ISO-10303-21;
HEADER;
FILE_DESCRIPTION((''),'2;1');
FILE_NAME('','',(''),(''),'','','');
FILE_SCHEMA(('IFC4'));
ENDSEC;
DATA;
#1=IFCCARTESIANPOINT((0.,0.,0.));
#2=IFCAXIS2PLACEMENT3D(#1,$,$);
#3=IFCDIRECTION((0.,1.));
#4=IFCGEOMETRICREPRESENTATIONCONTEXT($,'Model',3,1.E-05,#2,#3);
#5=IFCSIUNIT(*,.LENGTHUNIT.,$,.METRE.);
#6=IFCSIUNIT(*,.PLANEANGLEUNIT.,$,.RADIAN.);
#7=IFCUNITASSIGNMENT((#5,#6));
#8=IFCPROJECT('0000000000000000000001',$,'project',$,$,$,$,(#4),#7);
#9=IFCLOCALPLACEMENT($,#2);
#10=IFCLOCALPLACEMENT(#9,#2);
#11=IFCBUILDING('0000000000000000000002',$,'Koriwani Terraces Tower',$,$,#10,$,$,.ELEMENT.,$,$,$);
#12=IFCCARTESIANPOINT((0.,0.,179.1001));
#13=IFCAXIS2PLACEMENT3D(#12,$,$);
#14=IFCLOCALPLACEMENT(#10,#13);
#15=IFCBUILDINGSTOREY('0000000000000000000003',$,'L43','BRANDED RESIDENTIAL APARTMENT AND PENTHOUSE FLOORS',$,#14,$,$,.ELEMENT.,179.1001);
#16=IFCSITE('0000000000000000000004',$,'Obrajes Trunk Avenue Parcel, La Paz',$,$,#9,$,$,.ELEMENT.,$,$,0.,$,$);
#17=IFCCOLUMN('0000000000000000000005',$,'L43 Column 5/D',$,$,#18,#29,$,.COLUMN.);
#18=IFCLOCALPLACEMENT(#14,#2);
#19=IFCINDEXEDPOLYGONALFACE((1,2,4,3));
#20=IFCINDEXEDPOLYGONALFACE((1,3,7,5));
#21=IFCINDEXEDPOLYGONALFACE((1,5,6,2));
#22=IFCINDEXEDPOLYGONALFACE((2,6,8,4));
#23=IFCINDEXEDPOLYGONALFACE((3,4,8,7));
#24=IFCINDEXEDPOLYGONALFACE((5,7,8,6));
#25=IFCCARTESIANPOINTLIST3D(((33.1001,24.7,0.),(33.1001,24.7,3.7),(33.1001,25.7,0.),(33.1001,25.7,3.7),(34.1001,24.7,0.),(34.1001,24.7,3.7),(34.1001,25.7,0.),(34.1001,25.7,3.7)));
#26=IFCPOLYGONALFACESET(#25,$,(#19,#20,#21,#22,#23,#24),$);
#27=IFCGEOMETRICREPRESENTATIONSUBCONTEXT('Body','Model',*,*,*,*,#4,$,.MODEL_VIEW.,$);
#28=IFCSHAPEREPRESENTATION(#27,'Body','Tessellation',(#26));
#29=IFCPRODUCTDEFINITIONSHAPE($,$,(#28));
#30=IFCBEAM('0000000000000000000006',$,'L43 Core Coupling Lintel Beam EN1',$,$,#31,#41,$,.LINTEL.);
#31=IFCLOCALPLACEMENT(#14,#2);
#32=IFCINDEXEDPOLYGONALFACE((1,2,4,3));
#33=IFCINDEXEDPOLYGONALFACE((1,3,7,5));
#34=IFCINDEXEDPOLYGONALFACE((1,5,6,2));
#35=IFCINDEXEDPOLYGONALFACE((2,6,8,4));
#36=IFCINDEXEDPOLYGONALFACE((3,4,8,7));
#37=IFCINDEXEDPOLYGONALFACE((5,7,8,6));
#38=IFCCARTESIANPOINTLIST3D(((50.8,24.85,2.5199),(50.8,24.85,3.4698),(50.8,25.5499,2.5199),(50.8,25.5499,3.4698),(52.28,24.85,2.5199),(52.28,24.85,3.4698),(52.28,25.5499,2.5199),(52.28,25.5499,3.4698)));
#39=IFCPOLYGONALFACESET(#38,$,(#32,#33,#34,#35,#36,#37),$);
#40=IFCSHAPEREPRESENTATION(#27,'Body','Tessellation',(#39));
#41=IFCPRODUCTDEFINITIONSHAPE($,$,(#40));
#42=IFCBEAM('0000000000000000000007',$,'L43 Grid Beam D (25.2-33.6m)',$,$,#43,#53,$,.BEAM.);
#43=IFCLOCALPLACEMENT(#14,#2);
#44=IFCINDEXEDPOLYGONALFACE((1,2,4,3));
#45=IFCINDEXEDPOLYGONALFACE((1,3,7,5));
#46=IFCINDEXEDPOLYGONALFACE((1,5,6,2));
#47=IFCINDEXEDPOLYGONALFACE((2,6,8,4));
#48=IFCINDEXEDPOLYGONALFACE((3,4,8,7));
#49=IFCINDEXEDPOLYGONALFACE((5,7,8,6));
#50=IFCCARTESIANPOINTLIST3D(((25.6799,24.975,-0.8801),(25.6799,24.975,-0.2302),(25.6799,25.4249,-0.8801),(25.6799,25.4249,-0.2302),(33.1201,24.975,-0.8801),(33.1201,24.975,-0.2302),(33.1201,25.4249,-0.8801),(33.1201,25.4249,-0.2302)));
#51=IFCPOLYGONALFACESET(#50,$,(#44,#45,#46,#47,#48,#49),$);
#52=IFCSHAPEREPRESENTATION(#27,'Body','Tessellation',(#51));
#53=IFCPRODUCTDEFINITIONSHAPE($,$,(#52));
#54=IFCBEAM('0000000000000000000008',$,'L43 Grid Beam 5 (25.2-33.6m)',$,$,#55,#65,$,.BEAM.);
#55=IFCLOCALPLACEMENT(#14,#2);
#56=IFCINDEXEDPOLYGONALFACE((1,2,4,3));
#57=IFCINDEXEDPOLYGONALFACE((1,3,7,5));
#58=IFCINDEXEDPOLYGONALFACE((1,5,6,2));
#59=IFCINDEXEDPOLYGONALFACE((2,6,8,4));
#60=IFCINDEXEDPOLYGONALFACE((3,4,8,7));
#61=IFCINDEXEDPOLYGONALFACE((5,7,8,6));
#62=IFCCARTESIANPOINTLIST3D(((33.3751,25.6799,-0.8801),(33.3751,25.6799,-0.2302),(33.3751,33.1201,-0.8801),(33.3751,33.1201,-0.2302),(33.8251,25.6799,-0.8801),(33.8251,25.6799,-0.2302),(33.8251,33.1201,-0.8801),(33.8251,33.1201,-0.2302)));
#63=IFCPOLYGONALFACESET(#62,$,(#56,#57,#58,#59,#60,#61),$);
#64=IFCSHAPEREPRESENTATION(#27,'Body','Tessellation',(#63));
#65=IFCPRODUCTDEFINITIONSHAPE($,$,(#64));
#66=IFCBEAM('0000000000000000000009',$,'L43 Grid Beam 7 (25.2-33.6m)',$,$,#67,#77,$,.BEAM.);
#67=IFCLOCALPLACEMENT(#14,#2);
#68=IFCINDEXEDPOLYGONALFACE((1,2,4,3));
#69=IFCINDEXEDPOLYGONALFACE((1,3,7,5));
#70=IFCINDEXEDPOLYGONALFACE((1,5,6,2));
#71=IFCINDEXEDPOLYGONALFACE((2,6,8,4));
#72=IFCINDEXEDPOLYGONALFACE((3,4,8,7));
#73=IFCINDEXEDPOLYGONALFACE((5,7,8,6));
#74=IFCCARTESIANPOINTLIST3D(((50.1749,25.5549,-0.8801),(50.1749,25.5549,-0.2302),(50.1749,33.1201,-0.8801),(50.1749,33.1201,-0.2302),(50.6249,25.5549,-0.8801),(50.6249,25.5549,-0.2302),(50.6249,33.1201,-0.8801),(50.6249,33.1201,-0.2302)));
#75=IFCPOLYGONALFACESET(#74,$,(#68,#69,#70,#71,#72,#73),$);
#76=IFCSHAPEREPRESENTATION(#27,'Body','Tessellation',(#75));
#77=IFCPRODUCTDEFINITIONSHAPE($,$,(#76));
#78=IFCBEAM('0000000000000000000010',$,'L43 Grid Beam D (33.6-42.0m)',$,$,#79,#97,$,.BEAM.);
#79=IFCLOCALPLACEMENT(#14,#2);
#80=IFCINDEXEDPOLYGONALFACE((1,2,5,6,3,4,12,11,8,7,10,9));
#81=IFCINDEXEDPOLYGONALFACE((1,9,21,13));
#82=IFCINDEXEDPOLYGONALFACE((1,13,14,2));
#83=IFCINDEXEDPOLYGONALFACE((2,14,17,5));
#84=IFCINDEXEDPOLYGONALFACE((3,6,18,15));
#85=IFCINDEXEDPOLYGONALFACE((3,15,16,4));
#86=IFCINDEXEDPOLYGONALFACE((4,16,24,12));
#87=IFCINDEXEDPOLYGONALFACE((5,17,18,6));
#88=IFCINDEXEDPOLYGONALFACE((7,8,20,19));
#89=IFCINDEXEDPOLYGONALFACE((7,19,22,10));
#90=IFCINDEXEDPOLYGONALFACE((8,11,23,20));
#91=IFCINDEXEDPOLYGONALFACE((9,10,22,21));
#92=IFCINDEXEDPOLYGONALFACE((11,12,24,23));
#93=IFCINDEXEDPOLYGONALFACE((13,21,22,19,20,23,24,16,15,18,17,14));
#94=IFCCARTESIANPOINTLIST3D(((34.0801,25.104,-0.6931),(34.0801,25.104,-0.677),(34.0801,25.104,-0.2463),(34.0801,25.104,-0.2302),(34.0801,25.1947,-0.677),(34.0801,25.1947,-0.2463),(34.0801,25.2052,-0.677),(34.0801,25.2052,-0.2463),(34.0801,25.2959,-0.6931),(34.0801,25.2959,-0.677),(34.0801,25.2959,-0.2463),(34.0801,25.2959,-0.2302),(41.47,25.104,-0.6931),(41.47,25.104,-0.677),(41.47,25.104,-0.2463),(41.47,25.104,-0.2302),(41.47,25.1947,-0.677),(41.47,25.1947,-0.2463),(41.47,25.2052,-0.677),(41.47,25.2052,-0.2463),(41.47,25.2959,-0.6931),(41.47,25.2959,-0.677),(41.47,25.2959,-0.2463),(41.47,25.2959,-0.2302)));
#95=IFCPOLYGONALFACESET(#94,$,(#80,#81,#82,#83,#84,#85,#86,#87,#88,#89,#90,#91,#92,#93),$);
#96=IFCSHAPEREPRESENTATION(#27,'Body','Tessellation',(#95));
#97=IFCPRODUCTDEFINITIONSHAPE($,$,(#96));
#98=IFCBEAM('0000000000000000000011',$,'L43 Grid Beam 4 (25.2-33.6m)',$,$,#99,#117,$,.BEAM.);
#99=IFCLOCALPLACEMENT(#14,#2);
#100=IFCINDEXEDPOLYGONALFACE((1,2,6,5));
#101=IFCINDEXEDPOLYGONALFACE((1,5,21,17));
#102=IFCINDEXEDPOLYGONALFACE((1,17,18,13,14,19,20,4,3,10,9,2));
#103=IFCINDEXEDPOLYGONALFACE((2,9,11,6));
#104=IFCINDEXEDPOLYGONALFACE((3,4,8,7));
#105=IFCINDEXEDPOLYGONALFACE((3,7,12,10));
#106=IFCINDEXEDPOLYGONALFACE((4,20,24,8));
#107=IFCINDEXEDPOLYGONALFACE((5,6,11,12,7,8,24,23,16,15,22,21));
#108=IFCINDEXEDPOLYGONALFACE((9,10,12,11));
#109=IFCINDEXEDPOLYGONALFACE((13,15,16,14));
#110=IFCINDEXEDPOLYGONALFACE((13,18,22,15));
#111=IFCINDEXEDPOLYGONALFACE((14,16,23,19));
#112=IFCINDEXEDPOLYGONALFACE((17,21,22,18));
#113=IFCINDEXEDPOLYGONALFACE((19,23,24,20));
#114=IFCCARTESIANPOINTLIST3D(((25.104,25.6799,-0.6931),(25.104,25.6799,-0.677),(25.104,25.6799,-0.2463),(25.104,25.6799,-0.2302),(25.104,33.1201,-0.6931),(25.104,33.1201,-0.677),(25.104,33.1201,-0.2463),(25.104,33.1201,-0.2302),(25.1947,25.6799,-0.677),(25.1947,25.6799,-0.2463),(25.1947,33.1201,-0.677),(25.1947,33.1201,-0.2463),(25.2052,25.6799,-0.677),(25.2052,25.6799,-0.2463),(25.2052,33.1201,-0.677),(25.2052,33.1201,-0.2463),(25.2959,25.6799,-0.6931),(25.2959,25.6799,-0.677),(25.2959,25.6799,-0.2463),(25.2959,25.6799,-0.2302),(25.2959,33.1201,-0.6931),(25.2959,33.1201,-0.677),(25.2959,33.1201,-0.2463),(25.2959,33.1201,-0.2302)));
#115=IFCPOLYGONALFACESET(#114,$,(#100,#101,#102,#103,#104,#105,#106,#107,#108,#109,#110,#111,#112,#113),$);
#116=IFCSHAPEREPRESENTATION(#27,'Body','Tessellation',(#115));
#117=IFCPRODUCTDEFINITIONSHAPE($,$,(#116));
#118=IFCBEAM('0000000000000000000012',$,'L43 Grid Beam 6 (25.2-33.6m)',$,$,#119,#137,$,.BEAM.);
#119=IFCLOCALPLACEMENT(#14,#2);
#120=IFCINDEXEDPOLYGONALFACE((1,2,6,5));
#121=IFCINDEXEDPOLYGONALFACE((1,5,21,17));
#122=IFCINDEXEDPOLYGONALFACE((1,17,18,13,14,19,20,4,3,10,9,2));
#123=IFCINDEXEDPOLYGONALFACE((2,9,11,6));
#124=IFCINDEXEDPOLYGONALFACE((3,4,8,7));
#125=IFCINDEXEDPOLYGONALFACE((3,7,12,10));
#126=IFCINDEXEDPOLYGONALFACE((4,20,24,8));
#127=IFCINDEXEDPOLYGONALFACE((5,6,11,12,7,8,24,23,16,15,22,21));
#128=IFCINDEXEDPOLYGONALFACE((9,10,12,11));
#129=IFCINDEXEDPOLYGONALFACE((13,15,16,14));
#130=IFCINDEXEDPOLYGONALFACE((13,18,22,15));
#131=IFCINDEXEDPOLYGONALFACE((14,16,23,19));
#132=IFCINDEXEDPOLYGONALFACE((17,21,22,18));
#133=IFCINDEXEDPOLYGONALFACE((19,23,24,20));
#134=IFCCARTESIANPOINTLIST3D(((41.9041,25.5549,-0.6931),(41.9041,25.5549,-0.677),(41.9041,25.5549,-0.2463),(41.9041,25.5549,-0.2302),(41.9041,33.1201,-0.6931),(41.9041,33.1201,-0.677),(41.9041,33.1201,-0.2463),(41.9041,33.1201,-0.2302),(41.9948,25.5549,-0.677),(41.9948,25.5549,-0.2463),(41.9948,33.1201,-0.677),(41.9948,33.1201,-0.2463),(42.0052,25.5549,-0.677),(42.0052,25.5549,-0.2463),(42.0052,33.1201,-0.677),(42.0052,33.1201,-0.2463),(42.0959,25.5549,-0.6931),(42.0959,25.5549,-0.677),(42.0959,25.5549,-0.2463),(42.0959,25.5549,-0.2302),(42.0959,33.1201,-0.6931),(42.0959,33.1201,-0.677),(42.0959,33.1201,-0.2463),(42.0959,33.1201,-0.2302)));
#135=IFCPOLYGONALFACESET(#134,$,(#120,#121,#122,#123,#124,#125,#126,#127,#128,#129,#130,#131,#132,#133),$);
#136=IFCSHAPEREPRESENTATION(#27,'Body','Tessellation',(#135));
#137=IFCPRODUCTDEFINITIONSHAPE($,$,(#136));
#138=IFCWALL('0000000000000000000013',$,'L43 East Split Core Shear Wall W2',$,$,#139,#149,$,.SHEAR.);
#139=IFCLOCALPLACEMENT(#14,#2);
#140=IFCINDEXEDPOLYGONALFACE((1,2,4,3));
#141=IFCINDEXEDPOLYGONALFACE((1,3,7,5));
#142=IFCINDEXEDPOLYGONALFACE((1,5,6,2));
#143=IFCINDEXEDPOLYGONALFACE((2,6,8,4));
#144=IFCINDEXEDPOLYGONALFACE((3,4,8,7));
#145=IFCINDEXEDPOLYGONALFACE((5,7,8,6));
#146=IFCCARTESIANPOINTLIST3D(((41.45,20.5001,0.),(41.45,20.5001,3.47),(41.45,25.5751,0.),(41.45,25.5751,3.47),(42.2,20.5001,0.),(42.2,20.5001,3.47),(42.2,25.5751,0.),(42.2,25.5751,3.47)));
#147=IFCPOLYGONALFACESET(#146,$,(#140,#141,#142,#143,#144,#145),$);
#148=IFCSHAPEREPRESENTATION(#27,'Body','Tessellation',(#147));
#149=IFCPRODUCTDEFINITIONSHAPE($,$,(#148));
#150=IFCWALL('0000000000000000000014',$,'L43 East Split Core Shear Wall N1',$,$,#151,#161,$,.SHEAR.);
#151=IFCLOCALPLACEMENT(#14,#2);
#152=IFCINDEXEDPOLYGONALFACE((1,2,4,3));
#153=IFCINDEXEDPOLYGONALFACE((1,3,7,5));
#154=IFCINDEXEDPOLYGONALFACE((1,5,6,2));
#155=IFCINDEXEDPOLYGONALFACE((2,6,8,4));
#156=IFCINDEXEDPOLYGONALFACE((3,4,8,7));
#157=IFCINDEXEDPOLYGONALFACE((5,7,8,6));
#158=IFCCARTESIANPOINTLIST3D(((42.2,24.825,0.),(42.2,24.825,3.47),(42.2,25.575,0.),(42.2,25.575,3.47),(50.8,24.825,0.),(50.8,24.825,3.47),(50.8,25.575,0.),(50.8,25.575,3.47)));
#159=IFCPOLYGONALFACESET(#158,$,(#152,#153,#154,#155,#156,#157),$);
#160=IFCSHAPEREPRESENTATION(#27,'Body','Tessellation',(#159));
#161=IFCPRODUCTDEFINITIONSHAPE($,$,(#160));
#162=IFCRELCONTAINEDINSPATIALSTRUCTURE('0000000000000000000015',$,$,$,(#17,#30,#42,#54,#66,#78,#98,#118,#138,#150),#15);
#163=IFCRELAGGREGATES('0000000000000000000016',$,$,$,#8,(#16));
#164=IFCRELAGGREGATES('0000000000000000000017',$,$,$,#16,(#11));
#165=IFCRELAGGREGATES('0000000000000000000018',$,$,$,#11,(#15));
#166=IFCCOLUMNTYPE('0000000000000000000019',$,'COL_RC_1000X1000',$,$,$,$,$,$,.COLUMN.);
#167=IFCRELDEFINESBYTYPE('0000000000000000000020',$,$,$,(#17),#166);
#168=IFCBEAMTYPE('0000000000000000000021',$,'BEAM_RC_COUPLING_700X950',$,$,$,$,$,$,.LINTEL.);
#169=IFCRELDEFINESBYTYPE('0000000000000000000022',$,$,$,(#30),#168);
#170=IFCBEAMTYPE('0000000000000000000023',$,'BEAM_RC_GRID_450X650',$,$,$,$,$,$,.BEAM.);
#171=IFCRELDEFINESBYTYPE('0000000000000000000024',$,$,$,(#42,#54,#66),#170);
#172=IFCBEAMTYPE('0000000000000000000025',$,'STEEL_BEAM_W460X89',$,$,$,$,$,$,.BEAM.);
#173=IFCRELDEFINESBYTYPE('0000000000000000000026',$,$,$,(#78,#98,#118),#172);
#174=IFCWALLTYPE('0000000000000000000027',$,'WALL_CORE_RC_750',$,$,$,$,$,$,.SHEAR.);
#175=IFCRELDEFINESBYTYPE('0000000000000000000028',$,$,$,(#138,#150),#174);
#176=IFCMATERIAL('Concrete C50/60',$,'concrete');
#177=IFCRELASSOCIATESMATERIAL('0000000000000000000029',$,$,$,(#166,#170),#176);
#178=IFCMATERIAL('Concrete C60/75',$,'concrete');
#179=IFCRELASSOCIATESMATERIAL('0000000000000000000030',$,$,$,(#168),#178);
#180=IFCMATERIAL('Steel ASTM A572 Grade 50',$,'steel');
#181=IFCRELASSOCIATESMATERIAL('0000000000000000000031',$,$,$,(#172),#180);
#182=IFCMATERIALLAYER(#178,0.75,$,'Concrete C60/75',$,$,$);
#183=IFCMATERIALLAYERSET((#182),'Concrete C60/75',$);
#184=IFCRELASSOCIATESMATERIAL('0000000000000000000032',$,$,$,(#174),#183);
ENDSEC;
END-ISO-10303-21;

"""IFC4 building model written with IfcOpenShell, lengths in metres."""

from ifc_helpers import new_model, si_unit, direction, frame, frame_2d, origin, origin_2d, place, context, subcontext, project, spatial, rectangle, i_section, extrude, material, layer, layer_set, material_profile, profile_set, type_object, element, save


model = new_model("IFC4")

# Units and contexts
model_context = context("Model", 3, precision=1e-05, world=origin(), true_north=direction((0.0, 1.0)))
body_context = subcontext(model_context, "Body", "Model", "MODEL_VIEW")
ifc_project = project(units=[si_unit("LENGTHUNIT", "METRE"), si_unit("PLANEANGLEUNIT", "RADIAN")], contexts=[model_context])

# Site, building, storey
site_placement = place(None, origin())
site = spatial("IfcSite", under=ifc_project, at=site_placement, Name="Obrajes Trunk Avenue Parcel, La Paz", CompositionType="ELEMENT", RefElevation=0.0)
building_placement = place(site_placement, origin())
building = spatial("IfcBuilding", under=site, at=building_placement, Name="Koriwani Terraces Tower", CompositionType="ELEMENT")
storey_placement = place(building_placement, frame((0.0, 0.0, 179.1001)))
storey = spatial("IfcBuildingStorey", under=building, at=storey_placement, Name="L43", Description="BRANDED RESIDENTIAL APARTMENT AND PENTHOUSE FLOORS", CompositionType="ELEMENT", Elevation=179.1001)

# Column
ifc_material_1 = material(Name="Concrete C50/60", Category="concrete")
ifc_material_profile_1 = material_profile(ifc_material_1, rectangle(XDim=1.0, YDim=1.0, at=origin_2d()), Name="Concrete C50/60", Category="LoadBearing")
ifc_profile_set_1 = profile_set([ifc_material_profile_1], Name="Concrete C50/60")
column_type = type_object("IfcColumnType", Name="COL_RC_1000X1000", PredefinedType="COLUMN", material=ifc_profile_set_1)
column_placement = place(storey_placement, frame((33.6001, 25.2, 0.0), z_axis=(0.0, 0.0, 1.0), x_axis=(1.0, 0.0, 0.0)))
element("IfcColumn", 1, at=column_placement, inside=storey, type_object=column_type, Name="L43 Column 5/D", PredefinedType="COLUMN", context=body_context, shape_type="SweptSolid", body=[
    extrude(rectangle(XDim=1.0, YDim=1.0, at=origin_2d()), origin(), (0.0, 0.0, 1.0), 3.7),
])

# Beams
ifc_material_2 = material(Name="Concrete C60/75", Category="concrete")
ifc_material_profile_2 = material_profile(ifc_material_2, rectangle(XDim=0.7, YDim=0.95, at=origin_2d()), Name="Concrete C60/75", Category="LoadBearing")
ifc_profile_set_2 = profile_set([ifc_material_profile_2], Name="Concrete C60/75")
beam_type_1 = type_object("IfcBeamType", Name="BEAM_RC_COUPLING_700X950", PredefinedType="LINTEL", material=ifc_profile_set_2)
beam_1_placement = place(storey_placement, frame((50.8, 25.2, 2.9949), z_axis=(1.0, 0.0, 0.0), x_axis=(0.0, 1.0, 0.0)))
element("IfcBeam", 2, at=beam_1_placement, inside=storey, type_object=beam_type_1, Name="L43 Core Coupling Lintel Beam EN1", PredefinedType="LINTEL", context=body_context, shape_type="SweptSolid", body=[
    extrude(rectangle(XDim=0.7, YDim=0.95, at=origin_2d()), origin(), (0.0, 0.0, 1.0), 1.48),
])
ifc_material_profile_3 = material_profile(ifc_material_1, rectangle(XDim=0.45, YDim=0.6499, at=origin_2d()), Name="Concrete C50/60", Category="LoadBearing")
ifc_profile_set_3 = profile_set([ifc_material_profile_3], Name="Concrete C50/60")
beam_type_2 = type_object("IfcBeamType", Name="BEAM_RC_GRID_450X650", PredefinedType="BEAM", material=ifc_profile_set_3)
for number, where, z_axis, x_axis, name in (
    (3, (25.6799, 25.2, -0.5552), (1.0, 0.0, 0.0), (0.0, 1.0, 0.0), "L43 Grid Beam D (25.2-33.6m)"),
    (4, (33.6001, 25.6799, -0.5552), (0.0, 1.0, 0.0), (-1.0, 0.0, 0.0), "L43 Grid Beam 5 (25.2-33.6m)"),
):
    element("IfcBeam", number, at=place(storey_placement, frame(where, z_axis=z_axis, x_axis=x_axis)), inside=storey, type_object=beam_type_2, Name=name, PredefinedType="BEAM", context=body_context, shape_type="SweptSolid", body=[
        extrude(rectangle(XDim=0.45, YDim=0.6499, at=origin_2d()), origin(), (0.0, 0.0, 1.0), 7.4402),
    ])
beam_2_placement = place(storey_placement, frame((50.3999, 25.5549, -0.5552), z_axis=(0.0, 1.0, 0.0), x_axis=(-1.0, 0.0, 0.0)))
element("IfcBeam", 5, at=beam_2_placement, inside=storey, type_object=beam_type_2, Name="L43 Grid Beam 7 (25.2-33.6m)", PredefinedType="BEAM", context=body_context, shape_type="SweptSolid", body=[
    extrude(rectangle(XDim=0.45, YDim=0.6499, at=origin_2d()), origin(), (0.0, 0.0, 1.0), 7.5652),
])
ifc_material_3 = material(Name="Steel ASTM A572 Grade 50", Category="steel")
ifc_material_profile_4 = material_profile(ifc_material_3, i_section(OverallWidth=0.1919, OverallDepth=0.4629, WebThickness=0.0105, FlangeThickness=0.0161, at=origin_2d()), Name="Steel ASTM A572 Grade 50", Category="LoadBearing")
ifc_profile_set_4 = profile_set([ifc_material_profile_4], Name="Steel ASTM A572 Grade 50")
beam_type_3 = type_object("IfcBeamType", Name="STEEL_BEAM_W460X89", PredefinedType="BEAM", material=ifc_profile_set_4)
beam_3_placement = place(storey_placement, frame((34.0801, 25.2, -0.4617), z_axis=(1.0, 0.0, 0.0), x_axis=(0.0, 1.0, 0.0)))
element("IfcBeam", 6, at=beam_3_placement, inside=storey, type_object=beam_type_3, Name="L43 Grid Beam D (33.6-42.0m)", PredefinedType="BEAM", context=body_context, shape_type="SweptSolid", body=[
    extrude(i_section(OverallWidth=0.1919, OverallDepth=0.4629, WebThickness=0.0105, FlangeThickness=0.0161, at=origin_2d()), origin(), (0.0, 0.0, 1.0), 7.3899),
])
beam_4_placement = place(storey_placement, frame((25.2, 25.6799, -0.4617), z_axis=(0.0, 1.0, 0.0), x_axis=(-1.0, 0.0, 0.0)))
element("IfcBeam", 7, at=beam_4_placement, inside=storey, type_object=beam_type_3, Name="L43 Grid Beam 4 (25.2-33.6m)", PredefinedType="BEAM", context=body_context, shape_type="SweptSolid", body=[
    extrude(i_section(OverallWidth=0.1919, OverallDepth=0.4629, WebThickness=0.0105, FlangeThickness=0.0161, at=origin_2d()), origin(), (0.0, 0.0, 1.0), 7.4402),
])
beam_5_placement = place(storey_placement, frame((42.0, 25.5549, -0.4617), z_axis=(0.0, 1.0, 0.0), x_axis=(-1.0, 0.0, 0.0)))
element("IfcBeam", 8, at=beam_5_placement, inside=storey, type_object=beam_type_3, Name="L43 Grid Beam 6 (25.2-33.6m)", PredefinedType="BEAM", context=body_context, shape_type="SweptSolid", body=[
    extrude(i_section(OverallWidth=0.1919, OverallDepth=0.4629, WebThickness=0.0105, FlangeThickness=0.0161, at=origin_2d()), origin(), (0.0, 0.0, 1.0), 7.5652),
])

# Walls
ifc_layer_1 = layer(ifc_material_2, 0.75, Name="Concrete C60/75")
ifc_layer_set_1 = layer_set([ifc_layer_1], Name="Concrete C60/75")
wall_type_1 = type_object("IfcWallType", Name="WALL_CORE_RC_750", PredefinedType="SHEAR", material=ifc_layer_set_1)
wall_1_placement = place(storey_placement, frame((41.825, 20.5, 0.0), z_axis=(0.0, 0.0, 1.0), x_axis=(0.0, 1.0, 0.0)))
element("IfcWall", 9, at=wall_1_placement, inside=storey, type_object=wall_type_1, Name="L43 East Split Core Shear Wall W2", PredefinedType="SHEAR", context=body_context, shape_type="SweptSolid", body=[
    extrude(rectangle(XDim=5.075, YDim=0.75, at=frame_2d((2.5376, 0.0))), origin(), (0.0, 0.0, 1.0), 3.47),
])
wall_2_placement = place(storey_placement, frame((42.2, 25.2, 0.0), z_axis=(0.0, 0.0, 1.0), x_axis=(1.0, 0.0, 0.0)))
element("IfcWall", 10, at=wall_2_placement, inside=storey, type_object=wall_type_1, Name="L43 East Split Core Shear Wall N1", PredefinedType="SHEAR", context=body_context, shape_type="SweptSolid", body=[
    extrude(rectangle(XDim=8.6001, YDim=0.75, at=frame_2d((4.3, 0.0))), origin(), (0.0, 0.0, 1.0), 3.47),
])

save(model, "model.ifc")
